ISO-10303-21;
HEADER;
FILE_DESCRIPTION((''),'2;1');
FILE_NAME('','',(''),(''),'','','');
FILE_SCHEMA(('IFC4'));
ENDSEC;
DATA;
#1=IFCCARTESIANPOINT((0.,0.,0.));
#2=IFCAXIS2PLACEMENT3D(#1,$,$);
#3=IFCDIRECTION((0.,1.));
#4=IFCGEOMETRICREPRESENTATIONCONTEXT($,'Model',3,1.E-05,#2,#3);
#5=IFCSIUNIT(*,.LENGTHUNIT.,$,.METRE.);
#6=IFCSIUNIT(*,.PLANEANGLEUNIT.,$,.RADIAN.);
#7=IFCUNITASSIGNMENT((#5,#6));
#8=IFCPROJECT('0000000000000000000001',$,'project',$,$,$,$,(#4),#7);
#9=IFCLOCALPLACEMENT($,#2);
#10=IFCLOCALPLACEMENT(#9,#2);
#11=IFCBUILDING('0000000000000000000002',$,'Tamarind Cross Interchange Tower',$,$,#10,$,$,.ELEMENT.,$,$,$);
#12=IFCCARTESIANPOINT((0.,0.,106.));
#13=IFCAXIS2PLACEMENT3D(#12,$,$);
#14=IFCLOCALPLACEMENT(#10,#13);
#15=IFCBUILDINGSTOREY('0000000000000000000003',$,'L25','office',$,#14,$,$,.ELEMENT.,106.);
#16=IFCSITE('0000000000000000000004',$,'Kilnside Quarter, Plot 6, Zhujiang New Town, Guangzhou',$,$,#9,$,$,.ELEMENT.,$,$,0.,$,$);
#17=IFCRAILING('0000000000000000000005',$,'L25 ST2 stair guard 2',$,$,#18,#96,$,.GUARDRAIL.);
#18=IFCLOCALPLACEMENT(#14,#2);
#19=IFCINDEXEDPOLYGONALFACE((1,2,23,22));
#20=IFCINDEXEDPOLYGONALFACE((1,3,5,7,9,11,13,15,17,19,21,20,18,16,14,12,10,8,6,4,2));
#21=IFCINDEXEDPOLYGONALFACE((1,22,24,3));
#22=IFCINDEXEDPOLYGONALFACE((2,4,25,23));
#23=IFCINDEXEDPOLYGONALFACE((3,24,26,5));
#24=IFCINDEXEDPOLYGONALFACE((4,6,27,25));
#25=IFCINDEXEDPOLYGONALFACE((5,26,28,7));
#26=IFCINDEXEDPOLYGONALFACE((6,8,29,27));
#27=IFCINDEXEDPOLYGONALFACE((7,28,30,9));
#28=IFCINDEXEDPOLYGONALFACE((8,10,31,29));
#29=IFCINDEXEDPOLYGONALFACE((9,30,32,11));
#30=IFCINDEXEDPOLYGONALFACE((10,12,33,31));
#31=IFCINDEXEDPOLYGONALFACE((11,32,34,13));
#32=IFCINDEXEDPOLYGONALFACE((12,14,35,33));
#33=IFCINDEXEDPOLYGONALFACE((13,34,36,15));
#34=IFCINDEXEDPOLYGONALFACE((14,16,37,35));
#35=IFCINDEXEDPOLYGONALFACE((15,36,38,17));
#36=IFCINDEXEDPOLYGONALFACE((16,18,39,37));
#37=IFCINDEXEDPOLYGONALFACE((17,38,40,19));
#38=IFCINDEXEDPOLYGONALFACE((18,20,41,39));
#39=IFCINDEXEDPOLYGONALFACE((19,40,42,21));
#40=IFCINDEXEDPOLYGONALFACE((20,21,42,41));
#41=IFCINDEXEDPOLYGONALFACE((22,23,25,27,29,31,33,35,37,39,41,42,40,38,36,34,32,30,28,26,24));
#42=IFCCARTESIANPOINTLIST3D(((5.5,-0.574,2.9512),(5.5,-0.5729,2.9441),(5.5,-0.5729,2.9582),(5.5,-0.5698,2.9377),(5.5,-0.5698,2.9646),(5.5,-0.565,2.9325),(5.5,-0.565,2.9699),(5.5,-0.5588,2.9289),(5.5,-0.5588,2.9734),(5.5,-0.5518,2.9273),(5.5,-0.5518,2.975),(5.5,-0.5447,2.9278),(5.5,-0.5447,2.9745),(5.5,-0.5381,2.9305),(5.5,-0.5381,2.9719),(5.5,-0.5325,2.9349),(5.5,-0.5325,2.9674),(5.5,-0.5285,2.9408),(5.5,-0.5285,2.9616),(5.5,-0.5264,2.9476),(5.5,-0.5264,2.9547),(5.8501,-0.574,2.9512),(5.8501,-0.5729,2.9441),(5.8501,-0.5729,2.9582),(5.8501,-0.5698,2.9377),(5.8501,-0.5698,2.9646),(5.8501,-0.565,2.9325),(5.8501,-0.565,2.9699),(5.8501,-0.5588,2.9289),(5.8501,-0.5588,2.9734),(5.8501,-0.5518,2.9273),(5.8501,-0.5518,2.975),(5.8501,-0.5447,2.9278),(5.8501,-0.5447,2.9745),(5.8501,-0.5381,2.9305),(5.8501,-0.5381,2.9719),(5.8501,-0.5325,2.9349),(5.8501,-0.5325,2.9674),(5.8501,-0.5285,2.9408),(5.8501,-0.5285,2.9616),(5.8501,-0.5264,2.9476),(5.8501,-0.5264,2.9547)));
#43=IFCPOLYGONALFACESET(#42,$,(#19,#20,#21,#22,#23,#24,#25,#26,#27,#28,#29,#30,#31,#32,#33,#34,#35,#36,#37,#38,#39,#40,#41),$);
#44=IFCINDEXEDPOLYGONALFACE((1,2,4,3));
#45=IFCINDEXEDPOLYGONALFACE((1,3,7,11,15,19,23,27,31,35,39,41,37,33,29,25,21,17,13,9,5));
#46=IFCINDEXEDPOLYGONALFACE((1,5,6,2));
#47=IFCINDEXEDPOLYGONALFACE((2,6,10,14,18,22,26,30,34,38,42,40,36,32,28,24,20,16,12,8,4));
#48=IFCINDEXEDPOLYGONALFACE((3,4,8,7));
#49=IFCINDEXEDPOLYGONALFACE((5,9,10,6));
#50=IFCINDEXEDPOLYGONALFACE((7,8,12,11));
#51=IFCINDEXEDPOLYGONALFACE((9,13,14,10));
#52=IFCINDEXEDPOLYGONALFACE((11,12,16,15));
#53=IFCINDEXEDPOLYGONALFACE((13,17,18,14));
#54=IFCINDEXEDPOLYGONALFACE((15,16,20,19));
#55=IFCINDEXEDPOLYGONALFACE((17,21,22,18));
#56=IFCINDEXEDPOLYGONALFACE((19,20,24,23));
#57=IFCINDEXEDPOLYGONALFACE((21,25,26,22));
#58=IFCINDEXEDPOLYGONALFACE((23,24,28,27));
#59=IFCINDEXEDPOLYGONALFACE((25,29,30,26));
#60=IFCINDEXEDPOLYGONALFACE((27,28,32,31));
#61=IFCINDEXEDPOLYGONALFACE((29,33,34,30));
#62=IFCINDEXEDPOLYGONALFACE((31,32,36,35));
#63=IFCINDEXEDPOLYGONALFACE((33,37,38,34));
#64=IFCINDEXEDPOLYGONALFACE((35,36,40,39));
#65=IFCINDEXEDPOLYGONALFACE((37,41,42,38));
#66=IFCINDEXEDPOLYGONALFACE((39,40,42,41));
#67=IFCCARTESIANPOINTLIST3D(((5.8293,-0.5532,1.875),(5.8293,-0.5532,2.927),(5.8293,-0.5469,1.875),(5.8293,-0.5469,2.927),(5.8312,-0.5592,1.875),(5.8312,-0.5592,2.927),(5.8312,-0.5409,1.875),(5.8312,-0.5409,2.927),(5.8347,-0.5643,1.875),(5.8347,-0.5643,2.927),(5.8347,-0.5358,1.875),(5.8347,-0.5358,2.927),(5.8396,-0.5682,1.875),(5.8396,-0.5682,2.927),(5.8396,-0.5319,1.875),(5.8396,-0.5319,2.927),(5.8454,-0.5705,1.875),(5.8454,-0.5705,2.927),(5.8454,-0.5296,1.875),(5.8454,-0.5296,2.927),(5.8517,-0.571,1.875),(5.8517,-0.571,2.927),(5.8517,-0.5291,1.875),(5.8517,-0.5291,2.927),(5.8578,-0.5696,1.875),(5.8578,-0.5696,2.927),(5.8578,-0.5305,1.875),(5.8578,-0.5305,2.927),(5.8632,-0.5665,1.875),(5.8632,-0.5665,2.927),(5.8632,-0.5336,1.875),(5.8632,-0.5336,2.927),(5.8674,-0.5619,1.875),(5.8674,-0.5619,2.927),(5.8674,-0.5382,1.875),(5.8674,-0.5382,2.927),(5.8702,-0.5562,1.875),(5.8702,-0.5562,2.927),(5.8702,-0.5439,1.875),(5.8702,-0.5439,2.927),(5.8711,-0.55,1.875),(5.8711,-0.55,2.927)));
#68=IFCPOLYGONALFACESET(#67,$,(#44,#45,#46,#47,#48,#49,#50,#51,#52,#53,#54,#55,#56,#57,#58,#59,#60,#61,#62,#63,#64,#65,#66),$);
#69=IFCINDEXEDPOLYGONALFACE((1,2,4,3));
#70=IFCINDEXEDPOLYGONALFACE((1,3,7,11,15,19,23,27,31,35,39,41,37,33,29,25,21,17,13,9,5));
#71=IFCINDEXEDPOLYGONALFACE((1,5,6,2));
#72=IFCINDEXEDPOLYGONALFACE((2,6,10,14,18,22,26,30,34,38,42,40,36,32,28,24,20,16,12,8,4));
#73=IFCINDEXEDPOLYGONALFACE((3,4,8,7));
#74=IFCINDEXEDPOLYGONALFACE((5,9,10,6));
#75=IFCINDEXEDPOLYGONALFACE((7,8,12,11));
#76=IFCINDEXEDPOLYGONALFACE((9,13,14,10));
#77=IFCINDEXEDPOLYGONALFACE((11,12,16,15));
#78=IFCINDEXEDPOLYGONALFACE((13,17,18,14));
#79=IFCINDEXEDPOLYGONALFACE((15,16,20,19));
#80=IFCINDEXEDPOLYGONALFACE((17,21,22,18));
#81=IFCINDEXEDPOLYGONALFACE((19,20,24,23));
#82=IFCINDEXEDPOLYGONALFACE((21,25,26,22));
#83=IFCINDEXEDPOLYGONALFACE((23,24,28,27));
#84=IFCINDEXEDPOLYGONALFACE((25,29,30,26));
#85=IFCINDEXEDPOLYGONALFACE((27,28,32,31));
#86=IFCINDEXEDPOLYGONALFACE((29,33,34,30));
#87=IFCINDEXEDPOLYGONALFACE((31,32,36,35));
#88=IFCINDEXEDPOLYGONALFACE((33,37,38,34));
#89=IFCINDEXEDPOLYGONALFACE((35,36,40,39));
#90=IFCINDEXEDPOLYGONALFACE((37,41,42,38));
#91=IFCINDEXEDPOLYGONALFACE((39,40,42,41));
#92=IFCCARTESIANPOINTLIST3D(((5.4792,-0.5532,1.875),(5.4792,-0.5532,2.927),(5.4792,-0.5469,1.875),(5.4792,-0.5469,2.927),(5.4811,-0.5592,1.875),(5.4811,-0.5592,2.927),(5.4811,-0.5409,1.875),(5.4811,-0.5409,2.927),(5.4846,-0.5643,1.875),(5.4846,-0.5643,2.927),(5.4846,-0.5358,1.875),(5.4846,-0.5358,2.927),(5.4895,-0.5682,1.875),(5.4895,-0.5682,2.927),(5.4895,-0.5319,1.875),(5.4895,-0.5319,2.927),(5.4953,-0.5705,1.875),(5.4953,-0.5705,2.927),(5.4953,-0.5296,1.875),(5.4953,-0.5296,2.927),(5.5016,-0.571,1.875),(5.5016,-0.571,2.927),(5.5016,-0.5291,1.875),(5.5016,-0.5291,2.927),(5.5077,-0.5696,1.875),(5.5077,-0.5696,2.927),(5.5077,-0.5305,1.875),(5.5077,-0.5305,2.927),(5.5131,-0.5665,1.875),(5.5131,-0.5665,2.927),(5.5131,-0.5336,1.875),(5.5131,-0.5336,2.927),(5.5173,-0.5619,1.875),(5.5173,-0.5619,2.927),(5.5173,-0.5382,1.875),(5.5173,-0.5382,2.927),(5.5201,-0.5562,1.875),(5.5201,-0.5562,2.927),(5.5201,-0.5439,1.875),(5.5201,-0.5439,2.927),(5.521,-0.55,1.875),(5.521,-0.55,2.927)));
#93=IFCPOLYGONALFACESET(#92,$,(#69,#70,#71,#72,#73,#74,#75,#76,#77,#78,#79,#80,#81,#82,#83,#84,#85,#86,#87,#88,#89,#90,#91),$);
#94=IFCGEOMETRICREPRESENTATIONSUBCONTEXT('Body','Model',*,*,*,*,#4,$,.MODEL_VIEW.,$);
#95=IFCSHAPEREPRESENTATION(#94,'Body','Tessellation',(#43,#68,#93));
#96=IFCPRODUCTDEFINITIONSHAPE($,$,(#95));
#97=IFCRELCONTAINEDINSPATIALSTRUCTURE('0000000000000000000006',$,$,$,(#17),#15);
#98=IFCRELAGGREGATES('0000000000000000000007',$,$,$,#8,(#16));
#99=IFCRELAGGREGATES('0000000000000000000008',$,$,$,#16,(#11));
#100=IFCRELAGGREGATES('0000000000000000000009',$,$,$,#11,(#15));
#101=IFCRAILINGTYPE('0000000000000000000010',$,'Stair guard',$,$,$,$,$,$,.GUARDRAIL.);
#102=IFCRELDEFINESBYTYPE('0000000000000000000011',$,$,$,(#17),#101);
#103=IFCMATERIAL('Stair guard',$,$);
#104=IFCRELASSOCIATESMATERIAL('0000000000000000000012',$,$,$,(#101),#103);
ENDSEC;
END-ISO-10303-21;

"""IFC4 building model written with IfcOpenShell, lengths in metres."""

from ifc_helpers import new_model, si_unit, direction, frame, origin, origin_2d, place, context, subcontext, project, spatial, circle, extrude, material, type_object, element, save


model = new_model("IFC4")

# Units and contexts
model_context = context("Model", 3, precision=1e-05, world=origin(), true_north=direction((0.0, 1.0)))
body_context = subcontext(model_context, "Body", "Model", "MODEL_VIEW")
ifc_project = project(units=[si_unit("LENGTHUNIT", "METRE"), si_unit("PLANEANGLEUNIT", "RADIAN")], contexts=[model_context])

# Site, building, storey
site_placement = place(None, origin())
site = spatial("IfcSite", under=ifc_project, at=site_placement, Name="Kilnside Quarter, Plot 6, Zhujiang New Town, Guangzhou", CompositionType="ELEMENT", RefElevation=0.0)
building_placement = place(site_placement, origin())
building = spatial("IfcBuilding", under=site, at=building_placement, Name="Tamarind Cross Interchange Tower", CompositionType="ELEMENT")
storey_placement = place(building_placement, frame((0.0, 0.0, 106.0)))
storey = spatial("IfcBuildingStorey", under=building, at=storey_placement, Name="L25", Description="office", CompositionType="ELEMENT", Elevation=106.0)

# Railing
ifc_material_1 = material(Name="Stair guard")
railing_type_1 = type_object("IfcRailingType", Name="Stair guard", PredefinedType="GUARDRAIL", material=ifc_material_1)
railing_1_placement = place(storey_placement, frame((5.8501, -0.55, 1.875)))
element("IfcRailing", 1, at=railing_1_placement, inside=storey, type_object=railing_type_1, Name="L25 ST2 stair guard 2", PredefinedType="GUARDRAIL", context=body_context, shape_type="SweptSolid", body=[
    extrude(circle(Radius=0.0239, at=origin_2d()), frame((0.0, 0.0, 1.0762), z_axis=(-1.0, 0.0, 0.0), x_axis=(0.0, -1.0, 0.0)), (0.0, 0.0, 1.0), 0.3501),
    extrude(circle(Radius=0.021, at=origin_2d()), origin(), (0.0, 0.0, 1.0), 1.052),
    extrude(circle(Radius=0.021, at=origin_2d()), frame((-0.3501, 0.0, 0.0)), (0.0, 0.0, 1.0), 1.052),
])

save(model, "model.ifc")
